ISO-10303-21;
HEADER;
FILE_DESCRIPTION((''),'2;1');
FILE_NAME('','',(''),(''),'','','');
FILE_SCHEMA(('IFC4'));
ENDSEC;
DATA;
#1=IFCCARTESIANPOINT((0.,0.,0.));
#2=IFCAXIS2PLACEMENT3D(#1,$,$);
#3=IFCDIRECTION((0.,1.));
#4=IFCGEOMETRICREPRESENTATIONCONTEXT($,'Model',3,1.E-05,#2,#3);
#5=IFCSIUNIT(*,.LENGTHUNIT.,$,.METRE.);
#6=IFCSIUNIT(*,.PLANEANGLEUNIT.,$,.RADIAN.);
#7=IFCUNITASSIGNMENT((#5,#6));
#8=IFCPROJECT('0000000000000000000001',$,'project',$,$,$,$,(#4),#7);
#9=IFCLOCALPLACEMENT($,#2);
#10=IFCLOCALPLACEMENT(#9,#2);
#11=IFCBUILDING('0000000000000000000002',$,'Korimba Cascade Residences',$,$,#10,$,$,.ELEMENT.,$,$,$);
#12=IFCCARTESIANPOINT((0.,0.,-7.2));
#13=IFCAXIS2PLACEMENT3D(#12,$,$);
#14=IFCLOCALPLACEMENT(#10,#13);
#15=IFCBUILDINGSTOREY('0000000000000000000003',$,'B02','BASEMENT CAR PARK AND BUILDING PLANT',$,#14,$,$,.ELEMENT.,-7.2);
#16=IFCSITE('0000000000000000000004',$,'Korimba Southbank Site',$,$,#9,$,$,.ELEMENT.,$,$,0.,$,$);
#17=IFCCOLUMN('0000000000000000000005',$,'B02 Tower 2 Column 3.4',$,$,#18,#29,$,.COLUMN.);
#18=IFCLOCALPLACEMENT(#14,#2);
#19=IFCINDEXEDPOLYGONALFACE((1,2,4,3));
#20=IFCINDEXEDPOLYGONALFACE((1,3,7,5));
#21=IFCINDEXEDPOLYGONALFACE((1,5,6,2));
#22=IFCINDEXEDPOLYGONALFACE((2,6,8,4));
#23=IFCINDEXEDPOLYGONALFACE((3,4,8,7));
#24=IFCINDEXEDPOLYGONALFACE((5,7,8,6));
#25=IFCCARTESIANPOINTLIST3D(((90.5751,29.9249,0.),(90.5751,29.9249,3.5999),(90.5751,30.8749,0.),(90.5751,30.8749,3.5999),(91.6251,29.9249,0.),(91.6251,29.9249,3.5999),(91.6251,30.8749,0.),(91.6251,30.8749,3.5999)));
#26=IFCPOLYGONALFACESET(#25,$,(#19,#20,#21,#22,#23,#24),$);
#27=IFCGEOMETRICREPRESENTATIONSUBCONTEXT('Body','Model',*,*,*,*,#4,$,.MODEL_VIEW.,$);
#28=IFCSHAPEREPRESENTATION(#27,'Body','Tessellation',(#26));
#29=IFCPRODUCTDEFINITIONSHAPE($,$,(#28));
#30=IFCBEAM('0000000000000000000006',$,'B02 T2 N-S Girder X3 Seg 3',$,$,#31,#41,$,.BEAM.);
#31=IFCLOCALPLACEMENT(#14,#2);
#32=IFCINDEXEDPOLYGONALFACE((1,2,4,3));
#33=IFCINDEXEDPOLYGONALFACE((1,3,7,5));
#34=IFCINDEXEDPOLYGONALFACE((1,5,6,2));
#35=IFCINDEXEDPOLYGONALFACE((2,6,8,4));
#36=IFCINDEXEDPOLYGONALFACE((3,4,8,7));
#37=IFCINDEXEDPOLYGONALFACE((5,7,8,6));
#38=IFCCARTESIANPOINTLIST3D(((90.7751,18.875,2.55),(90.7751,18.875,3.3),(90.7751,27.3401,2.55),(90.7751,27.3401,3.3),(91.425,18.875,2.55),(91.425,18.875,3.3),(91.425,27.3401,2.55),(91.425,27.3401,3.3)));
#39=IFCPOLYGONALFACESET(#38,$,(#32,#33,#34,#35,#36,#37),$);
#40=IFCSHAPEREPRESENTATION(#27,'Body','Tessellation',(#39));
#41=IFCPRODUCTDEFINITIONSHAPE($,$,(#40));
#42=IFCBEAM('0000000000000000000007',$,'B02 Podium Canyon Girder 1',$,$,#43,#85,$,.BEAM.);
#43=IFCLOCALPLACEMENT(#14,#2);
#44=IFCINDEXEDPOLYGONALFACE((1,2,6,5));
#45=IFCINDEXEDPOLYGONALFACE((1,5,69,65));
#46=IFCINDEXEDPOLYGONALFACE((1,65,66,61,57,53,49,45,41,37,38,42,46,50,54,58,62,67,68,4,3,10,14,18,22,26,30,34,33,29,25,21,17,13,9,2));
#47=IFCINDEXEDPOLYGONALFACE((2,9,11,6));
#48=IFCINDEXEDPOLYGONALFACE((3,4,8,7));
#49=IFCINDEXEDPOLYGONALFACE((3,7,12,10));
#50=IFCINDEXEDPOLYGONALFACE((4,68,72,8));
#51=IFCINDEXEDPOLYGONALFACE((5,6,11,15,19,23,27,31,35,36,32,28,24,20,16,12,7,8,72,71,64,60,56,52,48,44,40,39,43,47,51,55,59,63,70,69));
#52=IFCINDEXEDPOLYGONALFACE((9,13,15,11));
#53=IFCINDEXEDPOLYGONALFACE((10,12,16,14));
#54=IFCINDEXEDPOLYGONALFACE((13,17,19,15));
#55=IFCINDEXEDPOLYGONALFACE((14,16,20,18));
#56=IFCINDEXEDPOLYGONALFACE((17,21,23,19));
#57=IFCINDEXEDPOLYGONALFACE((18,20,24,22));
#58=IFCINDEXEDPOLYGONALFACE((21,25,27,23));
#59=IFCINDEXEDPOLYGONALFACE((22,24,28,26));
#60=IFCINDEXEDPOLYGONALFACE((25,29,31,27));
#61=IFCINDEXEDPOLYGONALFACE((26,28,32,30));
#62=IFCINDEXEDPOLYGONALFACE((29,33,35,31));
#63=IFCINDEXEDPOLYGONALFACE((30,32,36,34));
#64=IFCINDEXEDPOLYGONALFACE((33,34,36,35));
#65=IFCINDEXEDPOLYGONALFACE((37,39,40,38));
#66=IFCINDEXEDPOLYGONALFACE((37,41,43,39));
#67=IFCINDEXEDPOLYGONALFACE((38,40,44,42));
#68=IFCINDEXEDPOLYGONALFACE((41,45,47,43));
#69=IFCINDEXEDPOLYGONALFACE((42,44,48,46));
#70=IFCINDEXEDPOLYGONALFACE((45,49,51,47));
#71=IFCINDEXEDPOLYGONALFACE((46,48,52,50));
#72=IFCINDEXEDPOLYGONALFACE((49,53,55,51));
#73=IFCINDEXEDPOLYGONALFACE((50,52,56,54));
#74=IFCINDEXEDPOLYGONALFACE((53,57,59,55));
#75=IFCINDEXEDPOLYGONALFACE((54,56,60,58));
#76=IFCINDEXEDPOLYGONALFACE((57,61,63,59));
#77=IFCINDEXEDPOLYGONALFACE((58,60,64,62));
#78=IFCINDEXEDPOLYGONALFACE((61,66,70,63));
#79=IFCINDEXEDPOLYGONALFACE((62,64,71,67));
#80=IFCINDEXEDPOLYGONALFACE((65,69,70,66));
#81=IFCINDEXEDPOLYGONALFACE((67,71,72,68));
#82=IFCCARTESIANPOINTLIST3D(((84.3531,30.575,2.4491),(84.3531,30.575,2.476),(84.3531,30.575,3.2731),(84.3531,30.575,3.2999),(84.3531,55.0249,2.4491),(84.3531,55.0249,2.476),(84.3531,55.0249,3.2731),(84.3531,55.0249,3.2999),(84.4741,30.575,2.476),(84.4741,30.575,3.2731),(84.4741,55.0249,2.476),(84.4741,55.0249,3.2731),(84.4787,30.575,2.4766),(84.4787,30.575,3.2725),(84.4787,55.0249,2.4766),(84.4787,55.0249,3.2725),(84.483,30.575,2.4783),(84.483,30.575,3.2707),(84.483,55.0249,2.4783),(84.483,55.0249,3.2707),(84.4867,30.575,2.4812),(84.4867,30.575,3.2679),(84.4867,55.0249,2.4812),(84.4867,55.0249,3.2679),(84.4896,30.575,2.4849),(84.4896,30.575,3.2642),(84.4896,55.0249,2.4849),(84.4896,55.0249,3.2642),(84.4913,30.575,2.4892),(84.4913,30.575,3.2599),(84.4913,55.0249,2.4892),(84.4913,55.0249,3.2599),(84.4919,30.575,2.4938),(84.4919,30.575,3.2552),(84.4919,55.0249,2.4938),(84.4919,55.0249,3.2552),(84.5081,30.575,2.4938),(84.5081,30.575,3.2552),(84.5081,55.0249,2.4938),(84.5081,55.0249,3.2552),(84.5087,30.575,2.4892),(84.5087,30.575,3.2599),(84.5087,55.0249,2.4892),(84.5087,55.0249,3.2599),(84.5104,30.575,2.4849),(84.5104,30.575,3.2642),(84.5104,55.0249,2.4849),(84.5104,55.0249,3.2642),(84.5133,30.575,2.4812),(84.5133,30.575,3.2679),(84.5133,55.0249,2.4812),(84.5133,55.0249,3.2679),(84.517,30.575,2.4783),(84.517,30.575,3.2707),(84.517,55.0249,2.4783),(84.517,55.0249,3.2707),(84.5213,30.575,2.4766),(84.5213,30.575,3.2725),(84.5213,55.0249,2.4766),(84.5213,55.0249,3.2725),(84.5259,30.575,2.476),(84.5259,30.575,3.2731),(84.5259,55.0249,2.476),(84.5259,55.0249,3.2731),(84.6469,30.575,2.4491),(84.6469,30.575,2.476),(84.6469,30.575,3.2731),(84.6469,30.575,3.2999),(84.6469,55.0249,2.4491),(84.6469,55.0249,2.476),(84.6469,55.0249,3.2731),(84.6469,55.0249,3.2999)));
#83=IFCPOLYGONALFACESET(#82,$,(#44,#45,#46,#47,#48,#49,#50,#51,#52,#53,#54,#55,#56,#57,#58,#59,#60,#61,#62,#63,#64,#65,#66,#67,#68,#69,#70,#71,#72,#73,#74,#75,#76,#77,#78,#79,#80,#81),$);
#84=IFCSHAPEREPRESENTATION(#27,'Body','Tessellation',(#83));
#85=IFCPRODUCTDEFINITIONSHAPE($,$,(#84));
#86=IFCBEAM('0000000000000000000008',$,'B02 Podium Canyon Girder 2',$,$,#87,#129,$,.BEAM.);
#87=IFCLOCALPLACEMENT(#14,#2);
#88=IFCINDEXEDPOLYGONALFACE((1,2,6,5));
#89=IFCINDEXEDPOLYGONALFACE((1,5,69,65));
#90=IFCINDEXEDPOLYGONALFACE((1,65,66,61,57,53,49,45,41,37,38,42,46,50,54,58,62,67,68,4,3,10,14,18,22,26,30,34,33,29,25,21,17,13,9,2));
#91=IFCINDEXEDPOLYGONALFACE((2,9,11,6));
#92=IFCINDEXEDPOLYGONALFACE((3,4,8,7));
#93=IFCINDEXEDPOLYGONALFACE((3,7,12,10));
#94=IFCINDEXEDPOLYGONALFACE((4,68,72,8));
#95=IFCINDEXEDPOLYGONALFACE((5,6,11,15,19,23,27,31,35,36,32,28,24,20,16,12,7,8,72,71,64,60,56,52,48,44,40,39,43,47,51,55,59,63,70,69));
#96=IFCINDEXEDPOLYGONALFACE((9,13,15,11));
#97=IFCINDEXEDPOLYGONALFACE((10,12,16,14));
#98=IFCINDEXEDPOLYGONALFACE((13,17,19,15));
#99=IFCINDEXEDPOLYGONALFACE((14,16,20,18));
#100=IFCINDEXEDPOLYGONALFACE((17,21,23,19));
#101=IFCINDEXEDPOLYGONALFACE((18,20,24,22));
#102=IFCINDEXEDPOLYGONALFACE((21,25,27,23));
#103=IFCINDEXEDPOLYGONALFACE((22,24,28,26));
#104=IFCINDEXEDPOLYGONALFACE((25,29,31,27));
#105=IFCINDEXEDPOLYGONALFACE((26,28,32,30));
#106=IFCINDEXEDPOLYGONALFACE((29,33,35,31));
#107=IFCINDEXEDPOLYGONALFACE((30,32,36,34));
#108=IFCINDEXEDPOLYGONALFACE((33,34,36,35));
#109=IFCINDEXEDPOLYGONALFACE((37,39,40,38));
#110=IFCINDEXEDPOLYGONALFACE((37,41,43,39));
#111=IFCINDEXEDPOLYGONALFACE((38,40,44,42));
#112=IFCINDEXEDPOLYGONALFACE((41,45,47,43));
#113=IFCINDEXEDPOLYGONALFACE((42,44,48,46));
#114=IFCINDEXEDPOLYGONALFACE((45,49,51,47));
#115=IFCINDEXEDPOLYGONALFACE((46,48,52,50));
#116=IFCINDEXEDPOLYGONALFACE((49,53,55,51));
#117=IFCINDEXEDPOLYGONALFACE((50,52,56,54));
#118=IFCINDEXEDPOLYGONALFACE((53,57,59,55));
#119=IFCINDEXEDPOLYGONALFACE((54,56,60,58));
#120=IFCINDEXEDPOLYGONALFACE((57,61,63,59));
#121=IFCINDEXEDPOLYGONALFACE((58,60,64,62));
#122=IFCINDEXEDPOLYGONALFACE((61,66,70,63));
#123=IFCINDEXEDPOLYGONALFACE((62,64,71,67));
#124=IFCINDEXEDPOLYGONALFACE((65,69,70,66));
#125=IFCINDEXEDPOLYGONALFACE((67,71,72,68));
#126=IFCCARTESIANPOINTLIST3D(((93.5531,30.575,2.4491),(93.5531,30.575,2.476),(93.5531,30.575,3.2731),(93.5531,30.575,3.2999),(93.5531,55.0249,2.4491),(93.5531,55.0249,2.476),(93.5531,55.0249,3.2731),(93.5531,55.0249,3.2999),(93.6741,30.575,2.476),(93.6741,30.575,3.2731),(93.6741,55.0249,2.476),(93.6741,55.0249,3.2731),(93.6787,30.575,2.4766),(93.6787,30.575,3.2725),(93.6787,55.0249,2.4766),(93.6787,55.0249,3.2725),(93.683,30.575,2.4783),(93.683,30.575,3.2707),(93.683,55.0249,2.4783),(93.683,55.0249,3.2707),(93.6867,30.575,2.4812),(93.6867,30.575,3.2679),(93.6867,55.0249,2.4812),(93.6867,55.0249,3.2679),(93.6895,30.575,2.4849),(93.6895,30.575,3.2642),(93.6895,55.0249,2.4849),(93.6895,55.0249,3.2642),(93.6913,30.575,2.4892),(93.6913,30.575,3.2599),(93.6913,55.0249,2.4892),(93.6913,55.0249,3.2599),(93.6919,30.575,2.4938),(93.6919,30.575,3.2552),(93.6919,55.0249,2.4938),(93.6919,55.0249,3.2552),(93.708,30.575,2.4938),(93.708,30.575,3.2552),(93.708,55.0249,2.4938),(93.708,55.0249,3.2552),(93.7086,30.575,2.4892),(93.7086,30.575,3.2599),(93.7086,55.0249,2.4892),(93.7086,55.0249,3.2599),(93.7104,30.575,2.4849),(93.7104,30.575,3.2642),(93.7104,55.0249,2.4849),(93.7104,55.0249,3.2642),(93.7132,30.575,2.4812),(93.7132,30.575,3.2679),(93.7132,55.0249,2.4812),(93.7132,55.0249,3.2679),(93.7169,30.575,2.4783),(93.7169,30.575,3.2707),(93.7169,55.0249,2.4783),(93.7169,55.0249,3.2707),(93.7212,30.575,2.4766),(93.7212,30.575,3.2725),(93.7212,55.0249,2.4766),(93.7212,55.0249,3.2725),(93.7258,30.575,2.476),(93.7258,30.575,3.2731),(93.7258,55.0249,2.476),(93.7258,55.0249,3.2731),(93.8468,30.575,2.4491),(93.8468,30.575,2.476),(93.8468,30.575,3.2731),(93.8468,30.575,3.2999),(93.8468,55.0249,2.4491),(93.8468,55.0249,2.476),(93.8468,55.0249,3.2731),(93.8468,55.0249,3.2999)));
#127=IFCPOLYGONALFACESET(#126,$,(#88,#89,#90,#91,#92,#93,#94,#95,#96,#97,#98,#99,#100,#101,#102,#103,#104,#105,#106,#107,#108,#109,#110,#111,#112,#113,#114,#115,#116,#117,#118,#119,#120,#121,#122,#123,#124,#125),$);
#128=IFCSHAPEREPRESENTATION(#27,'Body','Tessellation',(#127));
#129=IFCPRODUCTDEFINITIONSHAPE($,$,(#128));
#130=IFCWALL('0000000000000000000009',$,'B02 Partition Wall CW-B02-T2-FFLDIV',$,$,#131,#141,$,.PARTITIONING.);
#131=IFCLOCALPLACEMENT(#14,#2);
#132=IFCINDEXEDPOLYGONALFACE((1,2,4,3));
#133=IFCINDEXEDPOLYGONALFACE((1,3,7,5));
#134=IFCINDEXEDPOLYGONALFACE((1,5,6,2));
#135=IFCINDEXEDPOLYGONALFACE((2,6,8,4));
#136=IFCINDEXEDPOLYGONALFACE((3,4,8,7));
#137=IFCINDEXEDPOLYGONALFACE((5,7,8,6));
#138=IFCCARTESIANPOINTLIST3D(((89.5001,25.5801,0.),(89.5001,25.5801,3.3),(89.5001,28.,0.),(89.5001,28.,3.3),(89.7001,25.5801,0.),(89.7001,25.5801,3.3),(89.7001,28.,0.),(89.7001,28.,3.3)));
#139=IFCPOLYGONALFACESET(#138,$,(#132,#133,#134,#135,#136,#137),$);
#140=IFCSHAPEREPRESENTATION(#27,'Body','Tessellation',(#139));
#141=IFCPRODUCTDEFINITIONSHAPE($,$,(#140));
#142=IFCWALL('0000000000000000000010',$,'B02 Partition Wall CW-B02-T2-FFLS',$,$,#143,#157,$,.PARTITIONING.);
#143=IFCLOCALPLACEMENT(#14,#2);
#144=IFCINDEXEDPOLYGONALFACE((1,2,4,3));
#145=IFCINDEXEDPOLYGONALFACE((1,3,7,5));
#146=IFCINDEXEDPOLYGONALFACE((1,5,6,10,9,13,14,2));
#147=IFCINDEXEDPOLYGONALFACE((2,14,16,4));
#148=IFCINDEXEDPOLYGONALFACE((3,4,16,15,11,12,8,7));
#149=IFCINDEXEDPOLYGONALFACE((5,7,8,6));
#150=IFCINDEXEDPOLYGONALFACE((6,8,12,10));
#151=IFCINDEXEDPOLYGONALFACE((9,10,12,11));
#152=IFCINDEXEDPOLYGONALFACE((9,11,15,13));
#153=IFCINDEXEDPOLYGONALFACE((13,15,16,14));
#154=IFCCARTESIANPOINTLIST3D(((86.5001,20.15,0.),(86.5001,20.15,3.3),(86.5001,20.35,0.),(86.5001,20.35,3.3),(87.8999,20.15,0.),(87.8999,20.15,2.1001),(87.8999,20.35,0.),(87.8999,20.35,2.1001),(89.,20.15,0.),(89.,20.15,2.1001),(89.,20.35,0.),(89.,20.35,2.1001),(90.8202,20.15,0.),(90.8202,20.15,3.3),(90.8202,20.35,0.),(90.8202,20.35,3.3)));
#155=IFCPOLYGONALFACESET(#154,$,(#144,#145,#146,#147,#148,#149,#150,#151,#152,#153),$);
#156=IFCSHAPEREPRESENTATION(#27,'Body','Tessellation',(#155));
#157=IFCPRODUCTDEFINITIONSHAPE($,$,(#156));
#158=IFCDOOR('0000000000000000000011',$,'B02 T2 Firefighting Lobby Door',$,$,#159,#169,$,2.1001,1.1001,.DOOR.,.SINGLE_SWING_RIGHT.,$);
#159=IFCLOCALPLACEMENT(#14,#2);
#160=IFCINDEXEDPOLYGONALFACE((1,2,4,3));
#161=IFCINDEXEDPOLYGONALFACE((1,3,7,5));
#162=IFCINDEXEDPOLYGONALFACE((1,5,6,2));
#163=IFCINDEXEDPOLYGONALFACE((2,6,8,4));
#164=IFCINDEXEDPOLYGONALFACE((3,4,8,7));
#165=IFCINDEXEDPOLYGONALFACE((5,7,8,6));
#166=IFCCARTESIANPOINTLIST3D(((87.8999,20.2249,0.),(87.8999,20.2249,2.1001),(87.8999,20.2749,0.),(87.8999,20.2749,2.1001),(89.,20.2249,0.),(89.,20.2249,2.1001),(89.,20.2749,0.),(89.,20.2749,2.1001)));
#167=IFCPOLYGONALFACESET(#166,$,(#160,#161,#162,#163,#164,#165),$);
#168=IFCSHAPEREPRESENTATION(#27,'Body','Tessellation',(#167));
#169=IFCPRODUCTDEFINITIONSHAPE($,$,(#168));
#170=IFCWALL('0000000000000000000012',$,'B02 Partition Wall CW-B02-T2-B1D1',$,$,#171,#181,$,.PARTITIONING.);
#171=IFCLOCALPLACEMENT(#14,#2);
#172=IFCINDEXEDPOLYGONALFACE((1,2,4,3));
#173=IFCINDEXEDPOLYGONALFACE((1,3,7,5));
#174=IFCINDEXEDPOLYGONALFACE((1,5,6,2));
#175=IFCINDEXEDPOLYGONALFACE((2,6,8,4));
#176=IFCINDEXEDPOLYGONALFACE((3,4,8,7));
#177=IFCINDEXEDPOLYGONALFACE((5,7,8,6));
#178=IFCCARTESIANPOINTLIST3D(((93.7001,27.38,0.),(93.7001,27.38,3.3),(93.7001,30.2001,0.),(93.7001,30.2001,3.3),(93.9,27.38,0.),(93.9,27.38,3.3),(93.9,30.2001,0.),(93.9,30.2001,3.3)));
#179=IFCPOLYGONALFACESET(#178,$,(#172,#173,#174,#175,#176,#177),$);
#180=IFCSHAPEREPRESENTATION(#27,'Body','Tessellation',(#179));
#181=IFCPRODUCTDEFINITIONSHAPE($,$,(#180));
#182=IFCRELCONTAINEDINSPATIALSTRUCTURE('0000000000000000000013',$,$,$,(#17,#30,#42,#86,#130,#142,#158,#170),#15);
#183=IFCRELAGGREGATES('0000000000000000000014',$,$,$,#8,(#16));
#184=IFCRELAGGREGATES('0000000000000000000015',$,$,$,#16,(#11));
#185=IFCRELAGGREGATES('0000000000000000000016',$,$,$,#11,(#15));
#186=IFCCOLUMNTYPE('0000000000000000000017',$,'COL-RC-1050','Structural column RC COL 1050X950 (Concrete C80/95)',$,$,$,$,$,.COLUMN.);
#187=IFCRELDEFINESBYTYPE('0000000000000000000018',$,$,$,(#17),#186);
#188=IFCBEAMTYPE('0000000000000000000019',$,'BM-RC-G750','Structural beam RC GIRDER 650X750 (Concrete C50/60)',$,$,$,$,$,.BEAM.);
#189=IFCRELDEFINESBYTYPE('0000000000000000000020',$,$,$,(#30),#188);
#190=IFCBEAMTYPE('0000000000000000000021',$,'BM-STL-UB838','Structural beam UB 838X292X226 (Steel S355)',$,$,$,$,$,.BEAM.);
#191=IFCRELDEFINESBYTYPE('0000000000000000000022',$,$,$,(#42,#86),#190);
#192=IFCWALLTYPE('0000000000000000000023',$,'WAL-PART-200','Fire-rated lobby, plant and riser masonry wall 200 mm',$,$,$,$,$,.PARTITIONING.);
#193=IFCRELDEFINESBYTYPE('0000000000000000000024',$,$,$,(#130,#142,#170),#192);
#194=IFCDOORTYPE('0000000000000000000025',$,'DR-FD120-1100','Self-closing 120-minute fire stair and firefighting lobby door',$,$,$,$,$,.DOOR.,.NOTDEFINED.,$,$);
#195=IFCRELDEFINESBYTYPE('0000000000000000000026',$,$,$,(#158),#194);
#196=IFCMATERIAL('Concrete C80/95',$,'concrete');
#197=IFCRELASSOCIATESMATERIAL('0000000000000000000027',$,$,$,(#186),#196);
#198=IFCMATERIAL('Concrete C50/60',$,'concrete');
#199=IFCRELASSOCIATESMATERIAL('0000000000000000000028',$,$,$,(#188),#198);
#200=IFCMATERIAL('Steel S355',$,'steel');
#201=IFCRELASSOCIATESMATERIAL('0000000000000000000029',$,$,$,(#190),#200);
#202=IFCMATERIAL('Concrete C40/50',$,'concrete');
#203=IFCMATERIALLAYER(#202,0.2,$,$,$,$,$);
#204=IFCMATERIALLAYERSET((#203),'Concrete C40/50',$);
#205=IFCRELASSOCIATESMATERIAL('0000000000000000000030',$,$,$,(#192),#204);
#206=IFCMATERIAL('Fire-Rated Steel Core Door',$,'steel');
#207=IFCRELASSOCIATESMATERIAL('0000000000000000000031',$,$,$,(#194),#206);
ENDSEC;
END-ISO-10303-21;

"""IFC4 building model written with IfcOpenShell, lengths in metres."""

from ifc_helpers import new_model, si_unit, direction, frame, frame_2d, origin, origin_2d, place, context, subcontext, project, spatial, rectangle, i_section, extrude, material, layer, layer_set, material_profile, profile_set, type_object, element, fill, save


model = new_model("IFC4")

# Units and contexts
model_context = context("Model", 3, precision=1e-05, world=origin(), true_north=direction((0.0, 1.0)))
body_context = subcontext(model_context, "Body", "Model", "MODEL_VIEW")
ifc_project = project(units=[si_unit("LENGTHUNIT", "METRE"), si_unit("PLANEANGLEUNIT", "RADIAN")], contexts=[model_context])

# Site, building, storey
site_placement = place(None, origin())
site = spatial("IfcSite", under=ifc_project, at=site_placement, Name="Korimba Southbank Site", CompositionType="ELEMENT", RefElevation=0.0)
building_placement = place(site_placement, origin())
building = spatial("IfcBuilding", under=site, at=building_placement, Name="Korimba Cascade Residences", CompositionType="ELEMENT")
storey_placement = place(building_placement, frame((0.0, 0.0, -7.2)))
storey = spatial("IfcBuildingStorey", under=building, at=storey_placement, Name="B02", Description="BASEMENT CAR PARK AND BUILDING PLANT", CompositionType="ELEMENT", Elevation=-7.2)

# Column
ifc_material_1 = material(Name="Concrete C80/95", Category="concrete")
ifc_material_profile_1 = material_profile(ifc_material_1, rectangle(XDim=1.05, YDim=0.95, at=origin_2d()), Name="Concrete C80/95")
ifc_profile_set_1 = profile_set([ifc_material_profile_1], Name="Concrete C80/95")
column_type = type_object("IfcColumnType", Name="COL-RC-1050", Description="Structural column RC COL 1050X950 (Concrete C80/95)", PredefinedType="COLUMN", material=ifc_profile_set_1)
column_placement = place(storey_placement, frame((91.1001, 30.3999, 0.0), z_axis=(0.0, 0.0, 1.0), x_axis=(1.0, 0.0, 0.0)))
element("IfcColumn", 1, at=column_placement, inside=storey, type_object=column_type, Name="B02 Tower 2 Column 3.4", PredefinedType="COLUMN", context=body_context, shape_type="SweptSolid", body=[
    extrude(rectangle(XDim=1.05, YDim=0.95, at=origin_2d()), origin(), (0.0, 0.0, 1.0), 3.5999),
])

# Beams
ifc_material_2 = material(Name="Concrete C50/60", Category="concrete")
ifc_material_profile_2 = material_profile(ifc_material_2, rectangle(XDim=0.6499, YDim=0.75, at=origin_2d()), Name="Concrete C50/60")
ifc_profile_set_2 = profile_set([ifc_material_profile_2], Name="Concrete C50/60")
beam_type_1 = type_object("IfcBeamType", Name="BM-RC-G750", Description="Structural beam RC GIRDER 650X750 (Concrete C50/60)", PredefinedType="BEAM", material=ifc_profile_set_2)
beam_placement = place(storey_placement, frame((91.1001, 18.875, 2.925), z_axis=(0.0, 1.0, 0.0), x_axis=(-1.0, 0.0, 0.0)))
element("IfcBeam", 2, at=beam_placement, inside=storey, type_object=beam_type_1, Name="B02 T2 N-S Girder X3 Seg 3", PredefinedType="BEAM", context=body_context, shape_type="SweptSolid", body=[
    extrude(rectangle(XDim=0.6499, YDim=0.75, at=origin_2d()), origin(), (0.0, 0.0, 1.0), 8.4651),
])
ifc_material_3 = material(Name="Steel S355", Category="steel")
ifc_material_profile_3 = material_profile(ifc_material_3, i_section(OverallWidth=0.2937, OverallDepth=0.8508, WebThickness=0.0161, FlangeThickness=0.0269, FilletRadius=0.0178, at=origin_2d()), Name="Steel S355")
ifc_profile_set_3 = profile_set([ifc_material_profile_3], Name="Steel S355")
beam_type_2 = type_object("IfcBeamType", Name="BM-STL-UB838", Description="Structural beam UB 838X292X226 (Steel S355)", PredefinedType="BEAM", material=ifc_profile_set_3)
for number, where, z_axis, x_axis, name in (
    (3, (84.5, 30.575, 2.8745), (0.0, 1.0, 0.0), (-1.0, 0.0, 0.0), "B02 Podium Canyon Girder 1"),
    (4, (93.7, 30.575, 2.8745), (0.0, 1.0, 0.0), (-1.0, 0.0, 0.0), "B02 Podium Canyon Girder 2"),
):
    element("IfcBeam", number, at=place(storey_placement, frame(where, z_axis=z_axis, x_axis=x_axis)), inside=storey, type_object=beam_type_2, Name=name, PredefinedType="BEAM", context=body_context, shape_type="SweptSolid", body=[
        extrude(i_section(OverallWidth=0.2937, OverallDepth=0.8508, WebThickness=0.0161, FlangeThickness=0.0269, FilletRadius=0.0178, at=origin_2d()), origin(), (0.0, 0.0, 1.0), 24.45),
    ])

# Wall
ifc_material_4 = material(Name="Concrete C40/50", Category="concrete")
ifc_layer_1 = layer(ifc_material_4, 0.2)
ifc_layer_set_1 = layer_set([ifc_layer_1], Name="Concrete C40/50")
wall_type_1 = type_object("IfcWallType", Name="WAL-PART-200", Description="Fire-rated lobby, plant and riser masonry wall 200 mm", PredefinedType="PARTITIONING", material=ifc_layer_set_1)
wall_1_placement = place(storey_placement, frame((89.6001, 25.5801, 0.0), z_axis=(0.0, 0.0, 1.0), x_axis=(0.0, 1.0, 0.0)))
element("IfcWall", 5, at=wall_1_placement, inside=storey, type_object=wall_type_1, Name="B02 Partition Wall CW-B02-T2-FFLDIV", PredefinedType="PARTITIONING", context=body_context, shape_type="SweptSolid", body=[
    extrude(rectangle(XDim=2.4199, YDim=0.2, at=frame_2d((1.21, 0.0))), origin(), (0.0, 0.0, 1.0), 3.3),
])

# Wall, opening, door
wall_2_placement = place(storey_placement, frame((86.5, 20.25, 0.0), z_axis=(0.0, 0.0, 1.0), x_axis=(1.0, 0.0, 0.0)))
wall_2 = element("IfcWall", 6, at=wall_2_placement, inside=storey, type_object=wall_type_1, Name="B02 Partition Wall CW-B02-T2-FFLS", PredefinedType="PARTITIONING", context=body_context, shape_type="SweptSolid", body=[
    extrude(rectangle(XDim=4.3201, YDim=0.2, at=frame_2d((2.1602, 0.0))), origin(), (0.0, 0.0, 1.0), 3.3),
])
opening_1_placement = place(wall_2_placement, frame((1.3999, 0.0, 0.0)))
opening_1 = element("IfcOpeningElement", 7, at=opening_1_placement, cuts=wall_2, PredefinedType="OPENING", context=body_context, shape_type="SweptSolid", body=[
    extrude(rectangle(XDim=1.1001, YDim=2.1001, at=frame_2d((0.55, 1.05))), frame((0.0, 0.1099, 0.0), z_axis=(0.0, -1.0, 0.0), x_axis=(1.0, 0.0, 0.0)), (0.0, 0.0, 1.0), 0.22),
])
ifc_material_5 = material(Name="Fire-Rated Steel Core Door", Category="steel")
door_type_1 = type_object("IfcDoorType", Name="DR-FD120-1100", Description="Self-closing 120-minute fire stair and firefighting lobby door", OperationType="NOTDEFINED", PredefinedType="DOOR", material=ifc_material_5)
door_1_placement = place(opening_1_placement, origin())
door_1 = element("IfcDoor", 8, at=door_1_placement, inside=storey, type_object=door_type_1, Name="B02 T2 Firefighting Lobby Door", OperationType="SINGLE_SWING_RIGHT", OverallHeight=2.1001, OverallWidth=1.1001, PredefinedType="DOOR", context=body_context, shape_type="SweptSolid", body=[
    extrude(rectangle(XDim=1.1001, YDim=2.1001, at=frame_2d((0.55, 1.05))), frame((0.0, 0.0249, 0.0), z_axis=(0.0, -1.0, 0.0), x_axis=(1.0, 0.0, 0.0)), (0.0, 0.0, 1.0), 0.05),
])
fill(opening_1, door_1)

# Wall
wall_3_placement = place(storey_placement, frame((93.8, 27.3799, 0.0), z_axis=(0.0, 0.0, 1.0), x_axis=(0.0, 1.0, 0.0)))
element("IfcWall", 9, at=wall_3_placement, inside=storey, type_object=wall_type_1, Name="B02 Partition Wall CW-B02-T2-B1D1", PredefinedType="PARTITIONING", context=body_context, shape_type="SweptSolid", body=[
    extrude(rectangle(XDim=2.8201, YDim=0.2, at=frame_2d((1.4102, 0.0))), origin(), (0.0, 0.0, 1.0), 3.3),
])

save(model, "model.ifc")
